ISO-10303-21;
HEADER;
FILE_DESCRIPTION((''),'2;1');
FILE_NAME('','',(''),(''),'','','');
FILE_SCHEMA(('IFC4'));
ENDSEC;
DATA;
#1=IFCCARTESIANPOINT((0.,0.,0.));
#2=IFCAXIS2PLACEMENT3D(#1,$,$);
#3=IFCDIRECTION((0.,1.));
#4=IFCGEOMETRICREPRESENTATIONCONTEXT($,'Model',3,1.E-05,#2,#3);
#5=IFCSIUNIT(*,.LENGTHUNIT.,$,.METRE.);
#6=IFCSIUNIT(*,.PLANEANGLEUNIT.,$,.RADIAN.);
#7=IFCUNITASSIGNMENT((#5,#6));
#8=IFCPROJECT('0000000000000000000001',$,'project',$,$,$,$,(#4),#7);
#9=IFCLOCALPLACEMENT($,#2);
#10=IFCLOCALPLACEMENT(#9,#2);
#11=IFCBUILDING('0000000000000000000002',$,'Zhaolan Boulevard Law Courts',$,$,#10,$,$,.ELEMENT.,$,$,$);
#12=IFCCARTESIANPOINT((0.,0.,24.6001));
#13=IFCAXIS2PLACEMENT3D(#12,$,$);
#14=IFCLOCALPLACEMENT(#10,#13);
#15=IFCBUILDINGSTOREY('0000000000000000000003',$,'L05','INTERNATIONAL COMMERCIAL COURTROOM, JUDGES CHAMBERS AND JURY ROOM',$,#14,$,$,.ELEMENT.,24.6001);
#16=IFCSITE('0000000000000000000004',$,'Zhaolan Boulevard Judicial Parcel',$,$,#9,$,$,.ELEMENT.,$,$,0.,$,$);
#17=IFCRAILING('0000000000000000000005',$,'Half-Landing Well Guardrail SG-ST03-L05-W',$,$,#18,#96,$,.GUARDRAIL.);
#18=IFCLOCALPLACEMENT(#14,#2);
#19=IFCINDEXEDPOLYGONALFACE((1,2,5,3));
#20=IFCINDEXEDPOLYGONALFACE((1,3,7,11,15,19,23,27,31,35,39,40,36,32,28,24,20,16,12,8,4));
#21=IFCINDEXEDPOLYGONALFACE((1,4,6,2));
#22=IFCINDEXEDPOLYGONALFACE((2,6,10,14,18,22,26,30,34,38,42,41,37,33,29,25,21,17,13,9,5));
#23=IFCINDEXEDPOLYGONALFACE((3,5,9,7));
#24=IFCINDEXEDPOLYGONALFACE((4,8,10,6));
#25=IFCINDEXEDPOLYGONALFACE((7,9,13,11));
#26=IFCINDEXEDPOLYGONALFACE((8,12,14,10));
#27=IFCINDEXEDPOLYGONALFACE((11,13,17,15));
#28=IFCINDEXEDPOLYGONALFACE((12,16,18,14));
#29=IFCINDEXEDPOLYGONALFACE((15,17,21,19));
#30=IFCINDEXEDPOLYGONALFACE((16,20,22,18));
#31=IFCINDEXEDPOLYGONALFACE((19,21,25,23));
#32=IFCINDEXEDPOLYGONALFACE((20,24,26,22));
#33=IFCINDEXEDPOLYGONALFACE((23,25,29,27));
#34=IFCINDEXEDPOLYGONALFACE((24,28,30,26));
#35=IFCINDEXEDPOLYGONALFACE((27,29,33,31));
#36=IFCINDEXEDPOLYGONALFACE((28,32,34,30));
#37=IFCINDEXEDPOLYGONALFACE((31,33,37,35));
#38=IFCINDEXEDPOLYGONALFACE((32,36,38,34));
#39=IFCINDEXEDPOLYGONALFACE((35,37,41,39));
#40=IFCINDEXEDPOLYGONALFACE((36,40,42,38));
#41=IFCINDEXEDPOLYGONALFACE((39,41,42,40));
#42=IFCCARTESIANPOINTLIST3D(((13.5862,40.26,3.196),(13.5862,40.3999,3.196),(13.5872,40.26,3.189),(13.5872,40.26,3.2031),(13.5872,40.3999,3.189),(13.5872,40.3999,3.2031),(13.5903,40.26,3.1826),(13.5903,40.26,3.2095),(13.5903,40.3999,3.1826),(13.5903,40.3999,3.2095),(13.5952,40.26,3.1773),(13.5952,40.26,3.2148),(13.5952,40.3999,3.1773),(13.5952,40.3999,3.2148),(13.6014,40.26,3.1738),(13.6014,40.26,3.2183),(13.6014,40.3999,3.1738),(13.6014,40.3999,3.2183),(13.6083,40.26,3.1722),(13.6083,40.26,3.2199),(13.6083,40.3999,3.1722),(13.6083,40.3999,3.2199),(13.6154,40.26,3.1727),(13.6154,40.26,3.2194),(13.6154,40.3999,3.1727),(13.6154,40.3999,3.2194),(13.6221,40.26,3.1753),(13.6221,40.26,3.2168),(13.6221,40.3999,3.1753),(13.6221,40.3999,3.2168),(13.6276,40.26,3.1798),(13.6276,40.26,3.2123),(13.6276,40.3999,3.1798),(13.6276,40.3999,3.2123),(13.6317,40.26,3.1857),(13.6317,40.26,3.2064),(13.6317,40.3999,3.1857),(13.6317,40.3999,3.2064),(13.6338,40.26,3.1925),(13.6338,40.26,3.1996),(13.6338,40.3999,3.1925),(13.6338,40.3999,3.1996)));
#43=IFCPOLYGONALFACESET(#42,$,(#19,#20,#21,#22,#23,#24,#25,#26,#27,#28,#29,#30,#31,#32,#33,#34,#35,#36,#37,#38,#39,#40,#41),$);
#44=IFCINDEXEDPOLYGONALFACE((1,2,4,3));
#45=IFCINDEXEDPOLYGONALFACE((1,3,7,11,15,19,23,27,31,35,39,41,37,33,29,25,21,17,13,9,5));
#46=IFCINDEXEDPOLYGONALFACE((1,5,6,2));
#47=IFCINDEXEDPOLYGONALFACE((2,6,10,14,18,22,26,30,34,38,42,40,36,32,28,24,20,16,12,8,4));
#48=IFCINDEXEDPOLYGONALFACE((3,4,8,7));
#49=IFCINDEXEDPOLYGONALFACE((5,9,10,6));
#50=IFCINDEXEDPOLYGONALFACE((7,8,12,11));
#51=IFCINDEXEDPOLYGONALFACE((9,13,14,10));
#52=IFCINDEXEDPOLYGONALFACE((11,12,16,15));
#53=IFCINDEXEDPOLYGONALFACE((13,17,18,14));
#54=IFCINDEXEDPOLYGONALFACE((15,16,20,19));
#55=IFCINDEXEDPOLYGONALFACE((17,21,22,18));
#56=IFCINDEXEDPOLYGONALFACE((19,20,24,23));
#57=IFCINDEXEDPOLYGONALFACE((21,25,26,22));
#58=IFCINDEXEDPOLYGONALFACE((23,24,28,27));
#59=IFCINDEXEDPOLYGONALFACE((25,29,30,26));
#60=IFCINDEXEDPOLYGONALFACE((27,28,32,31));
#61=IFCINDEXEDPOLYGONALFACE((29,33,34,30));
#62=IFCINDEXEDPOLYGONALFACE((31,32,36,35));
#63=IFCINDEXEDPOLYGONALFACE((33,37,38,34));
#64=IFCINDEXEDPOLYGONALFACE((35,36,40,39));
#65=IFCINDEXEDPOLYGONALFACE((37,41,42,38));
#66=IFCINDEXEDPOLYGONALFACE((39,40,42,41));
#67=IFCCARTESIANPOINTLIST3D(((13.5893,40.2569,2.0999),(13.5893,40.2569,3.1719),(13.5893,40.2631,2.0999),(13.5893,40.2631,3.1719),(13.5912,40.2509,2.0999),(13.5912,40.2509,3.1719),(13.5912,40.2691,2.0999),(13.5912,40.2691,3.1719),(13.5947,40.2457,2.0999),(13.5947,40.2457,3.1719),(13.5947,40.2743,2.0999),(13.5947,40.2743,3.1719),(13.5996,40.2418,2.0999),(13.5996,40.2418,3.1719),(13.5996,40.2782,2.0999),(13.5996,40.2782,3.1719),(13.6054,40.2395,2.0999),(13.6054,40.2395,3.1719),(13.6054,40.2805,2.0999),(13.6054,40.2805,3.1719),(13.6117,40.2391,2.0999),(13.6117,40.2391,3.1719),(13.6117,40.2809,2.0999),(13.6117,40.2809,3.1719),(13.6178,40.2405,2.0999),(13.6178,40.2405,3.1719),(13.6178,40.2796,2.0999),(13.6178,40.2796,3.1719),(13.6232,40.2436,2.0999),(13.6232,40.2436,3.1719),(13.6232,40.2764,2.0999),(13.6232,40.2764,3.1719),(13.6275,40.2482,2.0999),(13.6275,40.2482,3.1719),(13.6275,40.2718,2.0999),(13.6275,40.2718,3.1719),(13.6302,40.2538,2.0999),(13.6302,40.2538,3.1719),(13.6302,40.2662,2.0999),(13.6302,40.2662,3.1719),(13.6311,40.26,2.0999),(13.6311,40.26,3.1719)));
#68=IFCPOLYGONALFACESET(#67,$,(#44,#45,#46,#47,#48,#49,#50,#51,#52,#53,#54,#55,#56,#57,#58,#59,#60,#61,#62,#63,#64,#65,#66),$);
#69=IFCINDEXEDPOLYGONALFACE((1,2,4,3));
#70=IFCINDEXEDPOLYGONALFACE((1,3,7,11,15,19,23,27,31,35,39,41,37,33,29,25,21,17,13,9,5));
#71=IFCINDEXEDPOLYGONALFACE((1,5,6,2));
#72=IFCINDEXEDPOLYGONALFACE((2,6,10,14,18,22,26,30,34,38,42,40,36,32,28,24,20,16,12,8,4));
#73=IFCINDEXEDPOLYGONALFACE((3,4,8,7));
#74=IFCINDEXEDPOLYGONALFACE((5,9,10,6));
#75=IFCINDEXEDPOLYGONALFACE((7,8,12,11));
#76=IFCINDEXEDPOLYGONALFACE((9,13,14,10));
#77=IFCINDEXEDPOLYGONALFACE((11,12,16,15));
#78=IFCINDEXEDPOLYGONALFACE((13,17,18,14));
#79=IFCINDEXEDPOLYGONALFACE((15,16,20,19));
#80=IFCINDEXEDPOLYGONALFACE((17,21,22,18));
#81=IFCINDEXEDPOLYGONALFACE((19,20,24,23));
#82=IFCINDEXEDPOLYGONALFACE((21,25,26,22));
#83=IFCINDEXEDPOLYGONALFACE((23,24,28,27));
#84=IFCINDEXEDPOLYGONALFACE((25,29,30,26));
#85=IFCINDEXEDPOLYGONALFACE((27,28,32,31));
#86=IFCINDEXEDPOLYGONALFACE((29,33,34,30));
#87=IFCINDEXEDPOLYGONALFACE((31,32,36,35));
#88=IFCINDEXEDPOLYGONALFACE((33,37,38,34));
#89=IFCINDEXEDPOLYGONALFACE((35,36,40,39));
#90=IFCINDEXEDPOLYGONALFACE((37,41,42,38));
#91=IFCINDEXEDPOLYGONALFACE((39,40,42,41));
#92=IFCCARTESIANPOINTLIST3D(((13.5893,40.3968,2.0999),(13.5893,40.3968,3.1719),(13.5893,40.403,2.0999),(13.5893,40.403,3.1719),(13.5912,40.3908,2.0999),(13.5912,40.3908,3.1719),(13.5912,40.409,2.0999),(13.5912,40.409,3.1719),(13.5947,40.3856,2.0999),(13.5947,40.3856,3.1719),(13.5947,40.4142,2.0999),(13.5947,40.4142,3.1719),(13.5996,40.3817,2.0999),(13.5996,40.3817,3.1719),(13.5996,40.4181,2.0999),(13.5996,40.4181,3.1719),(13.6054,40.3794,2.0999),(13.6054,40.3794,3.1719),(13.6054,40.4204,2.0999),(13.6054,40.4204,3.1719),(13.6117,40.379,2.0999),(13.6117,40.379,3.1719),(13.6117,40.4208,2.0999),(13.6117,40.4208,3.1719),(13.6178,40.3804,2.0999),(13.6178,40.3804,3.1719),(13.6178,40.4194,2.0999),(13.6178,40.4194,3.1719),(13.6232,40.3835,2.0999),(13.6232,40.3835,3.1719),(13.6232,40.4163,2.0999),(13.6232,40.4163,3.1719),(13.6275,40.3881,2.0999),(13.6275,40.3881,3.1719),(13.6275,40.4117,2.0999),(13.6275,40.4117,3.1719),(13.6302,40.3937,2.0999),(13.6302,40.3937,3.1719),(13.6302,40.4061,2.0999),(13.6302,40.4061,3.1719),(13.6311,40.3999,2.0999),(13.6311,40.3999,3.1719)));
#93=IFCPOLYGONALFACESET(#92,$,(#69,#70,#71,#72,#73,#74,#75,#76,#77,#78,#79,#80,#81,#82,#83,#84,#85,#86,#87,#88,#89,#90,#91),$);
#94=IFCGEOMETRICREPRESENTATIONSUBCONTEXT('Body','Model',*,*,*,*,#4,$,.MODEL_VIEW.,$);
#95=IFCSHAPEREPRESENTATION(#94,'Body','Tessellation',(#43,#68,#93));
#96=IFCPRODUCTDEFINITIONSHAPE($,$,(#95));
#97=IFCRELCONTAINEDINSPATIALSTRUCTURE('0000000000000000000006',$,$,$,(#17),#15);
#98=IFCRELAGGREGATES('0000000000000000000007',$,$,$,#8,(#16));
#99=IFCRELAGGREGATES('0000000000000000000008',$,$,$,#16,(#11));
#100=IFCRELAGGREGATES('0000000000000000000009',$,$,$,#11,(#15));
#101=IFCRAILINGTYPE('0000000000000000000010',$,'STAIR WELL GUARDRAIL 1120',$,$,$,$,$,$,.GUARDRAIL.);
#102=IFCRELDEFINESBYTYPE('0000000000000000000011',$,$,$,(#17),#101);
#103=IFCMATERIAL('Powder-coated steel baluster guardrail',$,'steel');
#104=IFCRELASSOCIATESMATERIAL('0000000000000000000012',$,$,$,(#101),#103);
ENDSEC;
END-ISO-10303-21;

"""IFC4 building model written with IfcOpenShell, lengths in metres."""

from ifc_helpers import new_model, si_unit, direction, frame, origin, origin_2d, place, context, subcontext, project, spatial, circle, extrude, material, type_object, element, save


model = new_model("IFC4")

# Units and contexts
model_context = context("Model", 3, precision=1e-05, world=origin(), true_north=direction((0.0, 1.0)))
body_context = subcontext(model_context, "Body", "Model", "MODEL_VIEW")
ifc_project = project(units=[si_unit("LENGTHUNIT", "METRE"), si_unit("PLANEANGLEUNIT", "RADIAN")], contexts=[model_context])

# Site, building, storey
site_placement = place(None, origin())
site = spatial("IfcSite", under=ifc_project, at=site_placement, Name="Zhaolan Boulevard Judicial Parcel", CompositionType="ELEMENT", RefElevation=0.0)
building_placement = place(site_placement, origin())
building = spatial("IfcBuilding", under=site, at=building_placement, Name="Zhaolan Boulevard Law Courts", CompositionType="ELEMENT")
storey_placement = place(building_placement, frame((0.0, 0.0, 24.6001)))
storey = spatial("IfcBuildingStorey", under=building, at=storey_placement, Name="L05", Description="INTERNATIONAL COMMERCIAL COURTROOM, JUDGES CHAMBERS AND JURY ROOM", CompositionType="ELEMENT", Elevation=24.6001)

# Railing
ifc_material_1 = material(Name="Powder-coated steel baluster guardrail", Category="steel")
railing_type_1 = type_object("IfcRailingType", Name="STAIR WELL GUARDRAIL 1120", PredefinedType="GUARDRAIL", material=ifc_material_1)
railing_1_placement = place(storey_placement, frame((13.6101, 40.26, 2.0999)))
element("IfcRailing", 1, at=railing_1_placement, inside=storey, type_object=railing_type_1, Name="Half-Landing Well Guardrail SG-ST03-L05-W", PredefinedType="GUARDRAIL", context=body_context, shape_type="SweptSolid", body=[
    extrude(circle(Radius=0.0239, at=origin_2d()), frame((0.0, 0.0, 1.0962), z_axis=(0.0, 1.0, 0.0), x_axis=(-1.0, 0.0, 0.0)), (0.0, 0.0, 1.0), 0.1399),
    extrude(circle(Radius=0.021, at=origin_2d()), origin(), (0.0, 0.0, 1.0), 1.072),
    extrude(circle(Radius=0.021, at=origin_2d()), frame((0.0, 0.1399, 0.0)), (0.0, 0.0, 1.0), 1.072),
])

save(model, "model.ifc")
